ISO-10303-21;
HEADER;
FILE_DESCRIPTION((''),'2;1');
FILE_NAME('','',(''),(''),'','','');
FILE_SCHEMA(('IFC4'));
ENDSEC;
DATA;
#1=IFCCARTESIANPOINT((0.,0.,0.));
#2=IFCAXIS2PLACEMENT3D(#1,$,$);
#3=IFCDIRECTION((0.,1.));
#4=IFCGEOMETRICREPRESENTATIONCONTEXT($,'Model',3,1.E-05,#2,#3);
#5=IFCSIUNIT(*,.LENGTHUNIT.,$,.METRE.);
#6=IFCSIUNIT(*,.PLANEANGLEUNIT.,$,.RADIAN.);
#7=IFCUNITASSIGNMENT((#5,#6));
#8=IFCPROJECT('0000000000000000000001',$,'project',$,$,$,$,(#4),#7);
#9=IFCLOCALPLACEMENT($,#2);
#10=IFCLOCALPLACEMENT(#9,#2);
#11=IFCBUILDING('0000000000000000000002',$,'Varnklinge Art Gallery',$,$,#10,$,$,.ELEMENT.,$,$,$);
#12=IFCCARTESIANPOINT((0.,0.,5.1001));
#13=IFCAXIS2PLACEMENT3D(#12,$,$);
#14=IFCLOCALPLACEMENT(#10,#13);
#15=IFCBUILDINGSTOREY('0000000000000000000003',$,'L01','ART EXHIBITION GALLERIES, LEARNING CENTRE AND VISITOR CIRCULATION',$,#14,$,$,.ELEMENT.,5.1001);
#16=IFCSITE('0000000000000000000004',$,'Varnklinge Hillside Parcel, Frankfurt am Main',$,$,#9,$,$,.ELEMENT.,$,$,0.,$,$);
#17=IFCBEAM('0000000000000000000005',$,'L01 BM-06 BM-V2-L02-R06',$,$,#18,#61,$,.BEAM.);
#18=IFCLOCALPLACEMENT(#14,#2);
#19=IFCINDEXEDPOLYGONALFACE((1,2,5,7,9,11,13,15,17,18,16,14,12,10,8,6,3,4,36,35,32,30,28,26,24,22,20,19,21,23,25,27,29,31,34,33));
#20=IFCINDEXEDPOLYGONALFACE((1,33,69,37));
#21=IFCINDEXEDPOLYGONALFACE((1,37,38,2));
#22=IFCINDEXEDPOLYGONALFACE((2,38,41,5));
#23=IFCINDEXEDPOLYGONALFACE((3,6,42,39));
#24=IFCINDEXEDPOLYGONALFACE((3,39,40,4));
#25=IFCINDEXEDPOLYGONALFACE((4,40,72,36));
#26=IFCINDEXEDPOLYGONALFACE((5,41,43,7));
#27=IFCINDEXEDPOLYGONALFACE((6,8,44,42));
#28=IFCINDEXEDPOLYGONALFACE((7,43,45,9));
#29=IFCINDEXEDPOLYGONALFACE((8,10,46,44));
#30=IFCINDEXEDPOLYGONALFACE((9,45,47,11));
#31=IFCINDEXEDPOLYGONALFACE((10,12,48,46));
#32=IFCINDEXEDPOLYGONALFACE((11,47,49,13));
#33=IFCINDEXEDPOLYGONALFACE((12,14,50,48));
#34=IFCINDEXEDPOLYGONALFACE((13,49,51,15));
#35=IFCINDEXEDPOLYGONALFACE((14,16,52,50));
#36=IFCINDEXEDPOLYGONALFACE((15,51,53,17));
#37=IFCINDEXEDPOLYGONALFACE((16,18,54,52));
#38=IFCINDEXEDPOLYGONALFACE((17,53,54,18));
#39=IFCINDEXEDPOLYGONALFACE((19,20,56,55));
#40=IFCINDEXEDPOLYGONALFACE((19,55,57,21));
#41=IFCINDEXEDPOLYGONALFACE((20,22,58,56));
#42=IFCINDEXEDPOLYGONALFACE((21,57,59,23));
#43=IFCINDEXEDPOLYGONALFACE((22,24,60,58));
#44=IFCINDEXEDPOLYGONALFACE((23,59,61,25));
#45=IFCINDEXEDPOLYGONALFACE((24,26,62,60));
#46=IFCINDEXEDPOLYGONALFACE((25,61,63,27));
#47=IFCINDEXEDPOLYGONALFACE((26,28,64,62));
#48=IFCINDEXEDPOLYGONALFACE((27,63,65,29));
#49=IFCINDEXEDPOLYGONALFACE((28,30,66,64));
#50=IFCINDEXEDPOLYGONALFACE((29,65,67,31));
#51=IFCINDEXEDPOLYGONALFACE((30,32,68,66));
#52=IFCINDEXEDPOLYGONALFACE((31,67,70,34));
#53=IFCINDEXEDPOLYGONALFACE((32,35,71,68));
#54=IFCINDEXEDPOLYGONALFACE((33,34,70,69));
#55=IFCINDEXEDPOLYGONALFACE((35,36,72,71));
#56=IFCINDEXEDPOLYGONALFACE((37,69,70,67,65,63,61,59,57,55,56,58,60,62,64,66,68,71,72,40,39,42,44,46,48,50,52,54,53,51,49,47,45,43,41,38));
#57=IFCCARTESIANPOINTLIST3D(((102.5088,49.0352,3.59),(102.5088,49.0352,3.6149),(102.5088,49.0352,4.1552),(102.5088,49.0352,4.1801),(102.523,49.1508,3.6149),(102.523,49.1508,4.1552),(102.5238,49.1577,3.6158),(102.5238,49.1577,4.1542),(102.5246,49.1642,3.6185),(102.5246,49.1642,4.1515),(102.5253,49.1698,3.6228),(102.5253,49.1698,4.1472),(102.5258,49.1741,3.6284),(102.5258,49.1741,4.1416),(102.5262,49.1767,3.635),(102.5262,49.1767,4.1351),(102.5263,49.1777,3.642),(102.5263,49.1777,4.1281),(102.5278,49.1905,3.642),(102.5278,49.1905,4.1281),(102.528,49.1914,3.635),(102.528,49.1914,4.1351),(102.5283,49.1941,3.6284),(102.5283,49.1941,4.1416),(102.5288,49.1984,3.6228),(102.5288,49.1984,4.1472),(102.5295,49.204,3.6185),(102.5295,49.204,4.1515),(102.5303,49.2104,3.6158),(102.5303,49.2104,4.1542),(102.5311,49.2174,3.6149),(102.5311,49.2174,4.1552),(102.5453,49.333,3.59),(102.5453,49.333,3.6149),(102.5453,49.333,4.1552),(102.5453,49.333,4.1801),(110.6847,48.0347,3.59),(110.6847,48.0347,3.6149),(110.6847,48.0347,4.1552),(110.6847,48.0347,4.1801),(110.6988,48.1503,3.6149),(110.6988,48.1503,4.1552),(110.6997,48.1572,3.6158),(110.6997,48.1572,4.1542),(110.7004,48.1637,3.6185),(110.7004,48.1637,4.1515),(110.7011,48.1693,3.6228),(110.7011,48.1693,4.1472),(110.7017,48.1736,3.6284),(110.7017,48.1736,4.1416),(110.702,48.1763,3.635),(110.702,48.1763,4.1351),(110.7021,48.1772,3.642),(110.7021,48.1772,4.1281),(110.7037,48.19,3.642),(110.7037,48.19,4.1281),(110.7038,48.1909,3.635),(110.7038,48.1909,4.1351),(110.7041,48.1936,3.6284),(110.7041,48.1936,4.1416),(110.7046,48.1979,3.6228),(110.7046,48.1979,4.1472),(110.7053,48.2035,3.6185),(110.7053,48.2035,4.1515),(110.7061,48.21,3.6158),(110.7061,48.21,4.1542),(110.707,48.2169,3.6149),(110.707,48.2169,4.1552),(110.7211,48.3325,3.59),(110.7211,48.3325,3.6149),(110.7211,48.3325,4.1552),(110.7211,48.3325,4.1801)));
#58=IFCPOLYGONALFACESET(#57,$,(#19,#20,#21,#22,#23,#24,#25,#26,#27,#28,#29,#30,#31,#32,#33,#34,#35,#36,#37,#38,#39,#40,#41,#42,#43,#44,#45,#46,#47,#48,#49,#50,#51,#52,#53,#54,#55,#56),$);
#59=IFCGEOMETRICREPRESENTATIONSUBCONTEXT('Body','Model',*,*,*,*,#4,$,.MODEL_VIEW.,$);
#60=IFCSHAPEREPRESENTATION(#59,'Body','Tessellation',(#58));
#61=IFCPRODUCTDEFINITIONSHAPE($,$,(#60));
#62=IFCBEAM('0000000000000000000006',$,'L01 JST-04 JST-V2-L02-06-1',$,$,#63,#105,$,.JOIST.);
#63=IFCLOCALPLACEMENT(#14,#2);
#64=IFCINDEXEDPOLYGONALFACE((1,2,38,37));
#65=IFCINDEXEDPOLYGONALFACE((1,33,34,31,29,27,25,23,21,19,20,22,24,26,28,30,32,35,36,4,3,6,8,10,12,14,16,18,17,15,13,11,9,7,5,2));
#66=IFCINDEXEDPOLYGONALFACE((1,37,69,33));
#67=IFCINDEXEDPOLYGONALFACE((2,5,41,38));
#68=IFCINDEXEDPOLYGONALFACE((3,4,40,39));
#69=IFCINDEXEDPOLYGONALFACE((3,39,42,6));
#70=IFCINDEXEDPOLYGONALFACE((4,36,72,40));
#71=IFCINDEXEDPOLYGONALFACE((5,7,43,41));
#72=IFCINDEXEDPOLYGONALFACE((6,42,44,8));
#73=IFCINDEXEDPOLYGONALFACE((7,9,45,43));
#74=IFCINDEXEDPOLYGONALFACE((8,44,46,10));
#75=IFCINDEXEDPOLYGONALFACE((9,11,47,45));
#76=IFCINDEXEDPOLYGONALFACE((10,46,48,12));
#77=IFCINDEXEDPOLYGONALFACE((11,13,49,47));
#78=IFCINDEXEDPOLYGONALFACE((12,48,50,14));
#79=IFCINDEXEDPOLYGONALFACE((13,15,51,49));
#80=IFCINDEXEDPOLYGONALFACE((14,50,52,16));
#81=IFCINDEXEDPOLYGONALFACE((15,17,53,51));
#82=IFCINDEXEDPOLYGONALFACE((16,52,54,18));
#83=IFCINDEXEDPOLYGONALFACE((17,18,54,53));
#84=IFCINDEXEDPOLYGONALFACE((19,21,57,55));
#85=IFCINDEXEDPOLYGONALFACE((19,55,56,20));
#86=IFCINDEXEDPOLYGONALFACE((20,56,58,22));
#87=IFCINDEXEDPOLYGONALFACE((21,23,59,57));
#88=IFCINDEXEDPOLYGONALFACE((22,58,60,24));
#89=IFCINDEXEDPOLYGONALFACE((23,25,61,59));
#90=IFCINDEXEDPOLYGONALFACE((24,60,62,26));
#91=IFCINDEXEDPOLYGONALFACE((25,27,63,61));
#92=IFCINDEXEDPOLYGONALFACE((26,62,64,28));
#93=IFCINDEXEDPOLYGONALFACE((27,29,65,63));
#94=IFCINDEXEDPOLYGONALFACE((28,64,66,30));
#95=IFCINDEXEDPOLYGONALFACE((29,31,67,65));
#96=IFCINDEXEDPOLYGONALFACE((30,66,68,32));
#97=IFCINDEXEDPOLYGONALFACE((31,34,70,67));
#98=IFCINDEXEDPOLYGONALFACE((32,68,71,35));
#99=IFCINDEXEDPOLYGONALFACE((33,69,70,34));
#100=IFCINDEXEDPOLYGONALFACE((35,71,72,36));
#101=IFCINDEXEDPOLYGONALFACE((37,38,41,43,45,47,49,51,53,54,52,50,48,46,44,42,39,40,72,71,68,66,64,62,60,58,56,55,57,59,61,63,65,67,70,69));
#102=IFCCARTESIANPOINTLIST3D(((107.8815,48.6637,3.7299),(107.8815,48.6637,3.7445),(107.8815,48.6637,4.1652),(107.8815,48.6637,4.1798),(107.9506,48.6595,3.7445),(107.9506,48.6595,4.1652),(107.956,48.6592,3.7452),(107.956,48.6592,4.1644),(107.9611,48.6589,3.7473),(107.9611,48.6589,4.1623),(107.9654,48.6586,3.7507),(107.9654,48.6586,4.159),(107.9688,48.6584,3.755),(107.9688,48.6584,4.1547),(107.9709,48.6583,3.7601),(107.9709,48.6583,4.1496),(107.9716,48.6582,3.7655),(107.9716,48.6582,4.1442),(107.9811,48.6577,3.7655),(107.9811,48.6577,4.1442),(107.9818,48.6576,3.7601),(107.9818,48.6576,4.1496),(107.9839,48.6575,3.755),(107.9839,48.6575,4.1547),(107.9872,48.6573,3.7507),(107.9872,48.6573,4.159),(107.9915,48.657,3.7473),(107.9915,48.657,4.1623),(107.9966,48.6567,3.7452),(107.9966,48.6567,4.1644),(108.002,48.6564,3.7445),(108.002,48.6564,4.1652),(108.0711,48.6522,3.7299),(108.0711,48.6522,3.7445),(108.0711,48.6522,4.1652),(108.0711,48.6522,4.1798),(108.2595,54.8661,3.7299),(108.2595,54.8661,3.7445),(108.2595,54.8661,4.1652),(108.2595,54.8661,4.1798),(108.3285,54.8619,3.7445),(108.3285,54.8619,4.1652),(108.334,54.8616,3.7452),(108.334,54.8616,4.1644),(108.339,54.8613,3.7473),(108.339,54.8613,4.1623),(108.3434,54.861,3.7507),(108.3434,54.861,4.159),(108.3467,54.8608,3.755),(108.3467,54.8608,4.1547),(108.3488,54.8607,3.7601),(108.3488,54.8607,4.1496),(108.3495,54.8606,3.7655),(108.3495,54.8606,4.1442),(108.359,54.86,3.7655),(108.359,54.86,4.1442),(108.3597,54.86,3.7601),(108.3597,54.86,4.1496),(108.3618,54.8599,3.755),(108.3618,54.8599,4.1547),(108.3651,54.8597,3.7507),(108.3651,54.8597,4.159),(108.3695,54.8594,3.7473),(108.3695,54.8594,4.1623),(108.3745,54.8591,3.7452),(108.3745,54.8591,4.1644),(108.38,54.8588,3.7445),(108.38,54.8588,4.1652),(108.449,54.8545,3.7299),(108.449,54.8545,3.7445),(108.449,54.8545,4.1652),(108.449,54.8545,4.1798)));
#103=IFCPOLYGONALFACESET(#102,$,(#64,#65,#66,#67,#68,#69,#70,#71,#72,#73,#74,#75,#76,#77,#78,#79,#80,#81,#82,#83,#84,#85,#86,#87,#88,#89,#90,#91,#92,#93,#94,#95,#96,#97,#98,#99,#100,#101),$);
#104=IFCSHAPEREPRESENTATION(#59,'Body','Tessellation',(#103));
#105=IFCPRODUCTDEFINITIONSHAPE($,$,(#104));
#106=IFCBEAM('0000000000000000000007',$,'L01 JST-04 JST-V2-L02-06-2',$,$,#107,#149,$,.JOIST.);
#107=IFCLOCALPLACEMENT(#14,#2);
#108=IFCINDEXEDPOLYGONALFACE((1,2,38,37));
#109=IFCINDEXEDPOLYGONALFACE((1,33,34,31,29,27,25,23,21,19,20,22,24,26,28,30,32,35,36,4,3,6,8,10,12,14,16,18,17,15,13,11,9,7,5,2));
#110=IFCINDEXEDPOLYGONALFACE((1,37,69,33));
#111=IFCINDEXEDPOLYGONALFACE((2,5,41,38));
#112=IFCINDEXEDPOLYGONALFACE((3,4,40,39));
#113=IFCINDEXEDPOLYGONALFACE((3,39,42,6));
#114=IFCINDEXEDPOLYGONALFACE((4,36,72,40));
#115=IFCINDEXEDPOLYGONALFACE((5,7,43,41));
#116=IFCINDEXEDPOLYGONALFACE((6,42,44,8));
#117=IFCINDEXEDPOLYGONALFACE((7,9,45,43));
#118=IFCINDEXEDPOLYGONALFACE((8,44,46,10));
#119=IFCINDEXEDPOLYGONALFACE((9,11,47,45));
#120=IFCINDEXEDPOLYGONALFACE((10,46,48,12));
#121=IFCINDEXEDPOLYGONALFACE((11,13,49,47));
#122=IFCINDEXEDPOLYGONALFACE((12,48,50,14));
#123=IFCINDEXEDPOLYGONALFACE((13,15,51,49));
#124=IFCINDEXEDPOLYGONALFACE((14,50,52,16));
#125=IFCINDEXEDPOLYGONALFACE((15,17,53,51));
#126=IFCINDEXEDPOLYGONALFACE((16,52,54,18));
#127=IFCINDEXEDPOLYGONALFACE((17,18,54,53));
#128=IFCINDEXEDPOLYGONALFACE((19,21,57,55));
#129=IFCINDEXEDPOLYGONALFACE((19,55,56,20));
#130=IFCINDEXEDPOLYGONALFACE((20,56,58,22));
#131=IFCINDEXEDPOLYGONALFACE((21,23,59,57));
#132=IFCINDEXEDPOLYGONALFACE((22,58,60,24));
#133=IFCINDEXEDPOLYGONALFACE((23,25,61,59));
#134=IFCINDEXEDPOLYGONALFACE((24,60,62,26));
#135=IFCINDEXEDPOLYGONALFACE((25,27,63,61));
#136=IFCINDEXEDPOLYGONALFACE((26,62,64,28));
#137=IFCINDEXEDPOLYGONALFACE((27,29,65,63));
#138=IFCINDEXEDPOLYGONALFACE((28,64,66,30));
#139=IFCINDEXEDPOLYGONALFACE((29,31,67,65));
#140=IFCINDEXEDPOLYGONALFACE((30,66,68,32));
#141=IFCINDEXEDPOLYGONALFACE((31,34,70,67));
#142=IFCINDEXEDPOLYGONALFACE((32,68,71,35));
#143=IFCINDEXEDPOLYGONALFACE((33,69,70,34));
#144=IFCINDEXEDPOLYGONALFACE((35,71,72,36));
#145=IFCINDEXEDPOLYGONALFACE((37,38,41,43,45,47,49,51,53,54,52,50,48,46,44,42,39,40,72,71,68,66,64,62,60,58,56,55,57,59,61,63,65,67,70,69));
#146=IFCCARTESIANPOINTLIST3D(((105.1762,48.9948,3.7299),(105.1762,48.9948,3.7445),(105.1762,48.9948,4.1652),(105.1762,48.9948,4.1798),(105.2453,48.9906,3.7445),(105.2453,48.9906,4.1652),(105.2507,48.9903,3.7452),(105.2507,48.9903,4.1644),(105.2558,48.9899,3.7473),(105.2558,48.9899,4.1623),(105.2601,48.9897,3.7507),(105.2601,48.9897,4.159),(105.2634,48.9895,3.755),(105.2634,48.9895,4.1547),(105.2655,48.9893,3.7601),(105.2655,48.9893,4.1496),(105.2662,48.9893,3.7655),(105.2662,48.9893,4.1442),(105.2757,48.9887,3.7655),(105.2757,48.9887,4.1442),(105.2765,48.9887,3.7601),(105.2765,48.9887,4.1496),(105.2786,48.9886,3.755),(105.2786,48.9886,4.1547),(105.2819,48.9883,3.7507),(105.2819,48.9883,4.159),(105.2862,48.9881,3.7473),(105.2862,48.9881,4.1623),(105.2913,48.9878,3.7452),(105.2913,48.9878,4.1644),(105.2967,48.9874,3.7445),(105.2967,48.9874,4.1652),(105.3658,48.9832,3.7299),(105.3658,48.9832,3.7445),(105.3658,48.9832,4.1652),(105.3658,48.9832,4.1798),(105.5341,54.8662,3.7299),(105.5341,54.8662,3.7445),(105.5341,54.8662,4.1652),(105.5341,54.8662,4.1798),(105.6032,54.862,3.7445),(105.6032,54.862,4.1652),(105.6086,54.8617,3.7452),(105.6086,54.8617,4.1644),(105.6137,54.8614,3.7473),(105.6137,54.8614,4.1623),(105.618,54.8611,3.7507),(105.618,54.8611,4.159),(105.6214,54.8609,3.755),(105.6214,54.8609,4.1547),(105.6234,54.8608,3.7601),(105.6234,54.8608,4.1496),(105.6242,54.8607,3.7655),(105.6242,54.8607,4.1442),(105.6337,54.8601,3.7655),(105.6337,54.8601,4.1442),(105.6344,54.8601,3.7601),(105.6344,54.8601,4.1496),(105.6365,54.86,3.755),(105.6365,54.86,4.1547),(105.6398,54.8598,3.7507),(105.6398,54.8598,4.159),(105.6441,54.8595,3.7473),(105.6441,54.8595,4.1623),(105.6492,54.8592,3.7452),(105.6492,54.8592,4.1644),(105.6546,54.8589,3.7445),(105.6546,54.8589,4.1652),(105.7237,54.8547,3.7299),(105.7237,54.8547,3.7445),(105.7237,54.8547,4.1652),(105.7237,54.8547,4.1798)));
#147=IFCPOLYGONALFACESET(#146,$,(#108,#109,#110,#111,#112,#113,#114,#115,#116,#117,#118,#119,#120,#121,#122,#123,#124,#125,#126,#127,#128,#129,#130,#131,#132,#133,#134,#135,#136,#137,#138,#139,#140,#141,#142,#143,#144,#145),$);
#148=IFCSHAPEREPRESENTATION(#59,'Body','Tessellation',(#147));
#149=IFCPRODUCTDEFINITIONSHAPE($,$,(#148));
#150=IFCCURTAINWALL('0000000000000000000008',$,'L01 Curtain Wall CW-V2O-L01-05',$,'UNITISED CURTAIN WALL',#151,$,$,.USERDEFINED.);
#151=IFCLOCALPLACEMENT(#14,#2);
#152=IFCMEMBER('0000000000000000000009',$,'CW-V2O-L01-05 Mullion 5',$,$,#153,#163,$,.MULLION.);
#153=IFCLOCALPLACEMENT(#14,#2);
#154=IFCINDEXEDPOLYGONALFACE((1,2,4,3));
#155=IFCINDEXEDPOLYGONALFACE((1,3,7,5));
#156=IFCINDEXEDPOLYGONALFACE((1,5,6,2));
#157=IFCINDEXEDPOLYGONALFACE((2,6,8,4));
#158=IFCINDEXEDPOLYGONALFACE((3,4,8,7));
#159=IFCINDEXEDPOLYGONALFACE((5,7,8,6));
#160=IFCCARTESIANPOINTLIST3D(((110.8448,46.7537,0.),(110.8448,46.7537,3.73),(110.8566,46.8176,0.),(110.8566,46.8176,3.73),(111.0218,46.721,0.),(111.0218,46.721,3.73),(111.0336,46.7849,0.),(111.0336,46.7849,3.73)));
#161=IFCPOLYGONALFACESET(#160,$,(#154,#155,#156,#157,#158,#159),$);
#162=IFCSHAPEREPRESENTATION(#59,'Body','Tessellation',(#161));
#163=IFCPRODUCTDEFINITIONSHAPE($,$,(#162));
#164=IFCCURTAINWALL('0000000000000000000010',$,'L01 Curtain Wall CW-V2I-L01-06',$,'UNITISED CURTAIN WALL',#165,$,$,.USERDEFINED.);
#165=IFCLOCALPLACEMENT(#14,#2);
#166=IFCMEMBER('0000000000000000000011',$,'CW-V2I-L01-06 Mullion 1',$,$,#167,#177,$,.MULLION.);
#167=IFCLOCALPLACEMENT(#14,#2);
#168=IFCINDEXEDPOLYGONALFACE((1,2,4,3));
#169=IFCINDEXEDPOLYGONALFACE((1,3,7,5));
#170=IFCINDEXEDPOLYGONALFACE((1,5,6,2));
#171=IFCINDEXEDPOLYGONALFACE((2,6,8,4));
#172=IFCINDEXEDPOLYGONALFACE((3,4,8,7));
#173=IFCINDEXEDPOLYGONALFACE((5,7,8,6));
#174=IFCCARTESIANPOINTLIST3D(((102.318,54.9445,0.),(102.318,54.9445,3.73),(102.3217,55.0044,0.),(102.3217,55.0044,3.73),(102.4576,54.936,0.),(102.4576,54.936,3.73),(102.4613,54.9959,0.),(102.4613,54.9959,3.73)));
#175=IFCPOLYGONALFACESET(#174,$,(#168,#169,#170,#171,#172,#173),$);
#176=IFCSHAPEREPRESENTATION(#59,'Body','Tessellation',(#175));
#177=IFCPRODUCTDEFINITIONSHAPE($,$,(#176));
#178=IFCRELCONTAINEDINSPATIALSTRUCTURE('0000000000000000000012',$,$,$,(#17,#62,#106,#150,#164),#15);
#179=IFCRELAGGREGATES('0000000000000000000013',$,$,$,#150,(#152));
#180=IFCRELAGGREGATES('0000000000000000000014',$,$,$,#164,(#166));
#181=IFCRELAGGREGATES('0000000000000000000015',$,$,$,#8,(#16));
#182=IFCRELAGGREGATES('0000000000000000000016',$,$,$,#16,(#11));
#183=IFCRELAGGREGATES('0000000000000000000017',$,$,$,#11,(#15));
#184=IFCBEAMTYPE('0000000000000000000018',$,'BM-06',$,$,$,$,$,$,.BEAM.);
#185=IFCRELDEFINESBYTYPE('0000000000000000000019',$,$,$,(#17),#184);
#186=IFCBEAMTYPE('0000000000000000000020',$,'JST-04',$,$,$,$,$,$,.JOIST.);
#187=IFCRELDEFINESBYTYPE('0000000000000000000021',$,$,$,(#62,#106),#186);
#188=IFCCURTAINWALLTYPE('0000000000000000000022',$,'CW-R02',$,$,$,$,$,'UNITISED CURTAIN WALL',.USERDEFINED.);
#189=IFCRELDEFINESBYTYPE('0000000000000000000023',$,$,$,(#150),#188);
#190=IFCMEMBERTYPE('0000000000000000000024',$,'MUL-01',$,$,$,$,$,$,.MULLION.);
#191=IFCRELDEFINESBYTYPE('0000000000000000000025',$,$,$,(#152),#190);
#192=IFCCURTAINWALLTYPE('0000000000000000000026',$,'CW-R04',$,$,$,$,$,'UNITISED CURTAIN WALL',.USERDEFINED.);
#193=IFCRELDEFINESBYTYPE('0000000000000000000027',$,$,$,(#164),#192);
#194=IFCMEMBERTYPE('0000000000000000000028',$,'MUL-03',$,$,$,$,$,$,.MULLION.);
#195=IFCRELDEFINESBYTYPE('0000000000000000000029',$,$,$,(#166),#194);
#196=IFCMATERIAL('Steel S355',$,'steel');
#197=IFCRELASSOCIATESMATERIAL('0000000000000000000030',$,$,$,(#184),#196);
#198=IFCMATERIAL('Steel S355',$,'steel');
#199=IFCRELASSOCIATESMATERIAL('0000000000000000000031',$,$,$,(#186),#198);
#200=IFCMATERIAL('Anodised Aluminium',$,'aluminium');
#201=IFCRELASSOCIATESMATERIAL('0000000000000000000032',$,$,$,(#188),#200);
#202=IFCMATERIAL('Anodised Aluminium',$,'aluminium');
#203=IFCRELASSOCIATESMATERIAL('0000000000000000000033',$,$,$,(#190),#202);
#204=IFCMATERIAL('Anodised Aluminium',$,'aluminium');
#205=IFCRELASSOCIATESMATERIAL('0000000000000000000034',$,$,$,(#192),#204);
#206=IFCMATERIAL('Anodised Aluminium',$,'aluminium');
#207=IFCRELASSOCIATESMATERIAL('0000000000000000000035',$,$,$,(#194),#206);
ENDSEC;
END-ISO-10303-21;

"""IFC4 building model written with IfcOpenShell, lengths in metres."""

from ifc_helpers import new_model, si_unit, direction, frame, origin, origin_2d, place, context, subcontext, project, spatial, rectangle, i_section, extrude, material, material_profile, profile_set, type_object, element, aggregate, save


model = new_model("IFC4")

# Units and contexts
model_context = context("Model", 3, precision=1e-05, world=origin(), true_north=direction((0.0, 1.0)))
body_context = subcontext(model_context, "Body", "Model", "MODEL_VIEW")
ifc_project = project(units=[si_unit("LENGTHUNIT", "METRE"), si_unit("PLANEANGLEUNIT", "RADIAN")], contexts=[model_context])

# Site, building, storey
site_placement = place(None, origin())
site = spatial("IfcSite", under=ifc_project, at=site_placement, Name="Varnklinge Hillside Parcel, Frankfurt am Main", CompositionType="ELEMENT", RefElevation=0.0)
building_placement = place(site_placement, origin())
building = spatial("IfcBuilding", under=site, at=building_placement, Name="Varnklinge Art Gallery", CompositionType="ELEMENT")
storey_placement = place(building_placement, frame((0.0, 0.0, 5.1001)))
storey = spatial("IfcBuildingStorey", under=building, at=storey_placement, Name="L01", Description="ART EXHIBITION GALLERIES, LEARNING CENTRE AND VISITOR CIRCULATION", CompositionType="ELEMENT", Elevation=5.1001)

# Beams
ifc_material_1 = material(Name="Steel S355", Category="steel")
ifc_material_profile_1 = material_profile(ifc_material_1, i_section(OverallWidth=0.3, OverallDepth=0.5901, WebThickness=0.0129, FlangeThickness=0.0249, FilletRadius=0.0271, at=origin_2d()), Name="HEA 600")
ifc_profile_set_1 = profile_set([ifc_material_profile_1], Name="Steel S355")
beam_type_1 = type_object("IfcBeamType", Name="BM-06", PredefinedType="BEAM", material=ifc_profile_set_1)
beam_1_placement = place(storey_placement, frame((110.7029, 48.1836, 3.885), z_axis=(-0.992596, 0.121466, 0.0), x_axis=(-0.121466, -0.992596, 0.0)))
element("IfcBeam", 1, at=beam_1_placement, inside=storey, type_object=beam_type_1, Name="L01 BM-06 BM-V2-L02-R06", PredefinedType="BEAM", context=body_context, shape_type="SweptSolid", body=[
    extrude(i_section(OverallWidth=0.3, OverallDepth=0.5901, WebThickness=0.0129, FlangeThickness=0.0249, FilletRadius=0.0271, at=origin_2d()), origin(), (0.0, 0.0, 1.0), 8.2368),
])
ifc_material_2 = material(Name="Steel S355", Category="steel")
ifc_material_profile_2 = material_profile(ifc_material_2, i_section(OverallWidth=0.1899, OverallDepth=0.45, WebThickness=0.0095, FlangeThickness=0.0146, FilletRadius=0.021, at=origin_2d()), Name="IPE 450")
ifc_profile_set_2 = profile_set([ifc_material_profile_2], Name="Steel S355")
beam_type_2 = type_object("IfcBeamType", Name="JST-04", PredefinedType="JOIST", material=ifc_profile_set_2)
beam_2_placement = place(storey_placement, frame((107.9763, 48.658, 3.9548), z_axis=(0.06082, 0.998149, 0.0), x_axis=(-0.998149, 0.06082, 0.0)))
element("IfcBeam", 2, at=beam_2_placement, inside=storey, type_object=beam_type_2, Name="L01 JST-04 JST-V2-L02-06-1", PredefinedType="JOIST", context=body_context, shape_type="SweptSolid", body=[
    extrude(i_section(OverallWidth=0.1899, OverallDepth=0.45, WebThickness=0.0095, FlangeThickness=0.0146, FilletRadius=0.021, at=origin_2d()), origin(), (0.0, 0.0, 1.0), 6.2139),
])
beam_3_placement = place(storey_placement, frame((105.271, 48.989, 3.9548), z_axis=(0.060846, 0.998147, 0.0), x_axis=(-0.998147, 0.060846, 0.0)))
element("IfcBeam", 3, at=beam_3_placement, inside=storey, type_object=beam_type_2, Name="L01 JST-04 JST-V2-L02-06-2", PredefinedType="JOIST", context=body_context, shape_type="SweptSolid", body=[
    extrude(i_section(OverallWidth=0.1899, OverallDepth=0.45, WebThickness=0.0095, FlangeThickness=0.0146, FilletRadius=0.021, at=origin_2d()), origin(), (0.0, 0.0, 1.0), 5.8823),
])

# Curtain walls, members
ifc_material_3 = material(Name="Anodised Aluminium", Category="aluminium")
curtain_wall_type_1 = type_object("IfcCurtainWallType", Name="CW-R02", ElementType="UNITISED CURTAIN WALL", PredefinedType="USERDEFINED", material=ifc_material_3)
curtain_wall_1_placement = place(storey_placement, origin())
curtain_wall_1 = element("IfcCurtainWall", 4, at=curtain_wall_1_placement, inside=storey, type_object=curtain_wall_type_1, Name="L01 Curtain Wall CW-V2O-L01-05", ObjectType="UNITISED CURTAIN WALL", PredefinedType="USERDEFINED")
ifc_material_4 = material(Name="Anodised Aluminium", Category="aluminium")
ifc_material_profile_3 = material_profile(ifc_material_4, rectangle(XDim=0.0649, YDim=0.1799, at=origin_2d()), Name="ALU 65x180")
ifc_profile_set_3 = profile_set([ifc_material_profile_3], Name="Anodised Aluminium")
member_type_1 = type_object("IfcMemberType", Name="MUL-01", PredefinedType="MULLION", material=ifc_profile_set_3)
member_1_placement = place(storey_placement, frame((110.9392, 46.7693, 0.0), z_axis=(0.0, 0.0, 1.0), x_axis=(0.181721, 0.98335, 0.0)))
member_1 = element("IfcMember", 5, at=member_1_placement, type_object=member_type_1, Name="CW-V2O-L01-05 Mullion 5", PredefinedType="MULLION", context=body_context, shape_type="SweptSolid", body=[
    extrude(rectangle(XDim=0.0649, YDim=0.1799, at=origin_2d()), origin(), (0.0, 0.0, 1.0), 3.73),
])
aggregate(curtain_wall_1, [member_1])
ifc_material_5 = material(Name="Anodised Aluminium", Category="aluminium")
curtain_wall_type_2 = type_object("IfcCurtainWallType", Name="CW-R04", ElementType="UNITISED CURTAIN WALL", PredefinedType="USERDEFINED", material=ifc_material_5)
curtain_wall_2_placement = place(storey_placement, origin())
curtain_wall_2 = element("IfcCurtainWall", 6, at=curtain_wall_2_placement, inside=storey, type_object=curtain_wall_type_2, Name="L01 Curtain Wall CW-V2I-L01-06", ObjectType="UNITISED CURTAIN WALL", PredefinedType="USERDEFINED")
ifc_material_6 = material(Name="Anodised Aluminium", Category="aluminium")
ifc_material_profile_4 = material_profile(ifc_material_6, rectangle(XDim=0.0601, YDim=0.1399, at=origin_2d()), Name="ALU 60x140")
ifc_profile_set_4 = profile_set([ifc_material_profile_4], Name="Anodised Aluminium")
member_type_2 = type_object("IfcMemberType", Name="MUL-03", PredefinedType="MULLION", material=ifc_profile_set_4)
member_2_placement = place(storey_placement, frame((102.3896, 54.9702, 0.0), z_axis=(0.0, 0.0, 1.0), x_axis=(-0.060874, -0.998145, 0.0)))
member_2 = element("IfcMember", 7, at=member_2_placement, type_object=member_type_2, Name="CW-V2I-L01-06 Mullion 1", PredefinedType="MULLION", context=body_context, shape_type="SweptSolid", body=[
    extrude(rectangle(XDim=0.0601, YDim=0.1399, at=origin_2d()), origin(), (0.0, 0.0, 1.0), 3.73),
])

aggregate(curtain_wall_2, [member_2])

save(model, "model.ifc")
